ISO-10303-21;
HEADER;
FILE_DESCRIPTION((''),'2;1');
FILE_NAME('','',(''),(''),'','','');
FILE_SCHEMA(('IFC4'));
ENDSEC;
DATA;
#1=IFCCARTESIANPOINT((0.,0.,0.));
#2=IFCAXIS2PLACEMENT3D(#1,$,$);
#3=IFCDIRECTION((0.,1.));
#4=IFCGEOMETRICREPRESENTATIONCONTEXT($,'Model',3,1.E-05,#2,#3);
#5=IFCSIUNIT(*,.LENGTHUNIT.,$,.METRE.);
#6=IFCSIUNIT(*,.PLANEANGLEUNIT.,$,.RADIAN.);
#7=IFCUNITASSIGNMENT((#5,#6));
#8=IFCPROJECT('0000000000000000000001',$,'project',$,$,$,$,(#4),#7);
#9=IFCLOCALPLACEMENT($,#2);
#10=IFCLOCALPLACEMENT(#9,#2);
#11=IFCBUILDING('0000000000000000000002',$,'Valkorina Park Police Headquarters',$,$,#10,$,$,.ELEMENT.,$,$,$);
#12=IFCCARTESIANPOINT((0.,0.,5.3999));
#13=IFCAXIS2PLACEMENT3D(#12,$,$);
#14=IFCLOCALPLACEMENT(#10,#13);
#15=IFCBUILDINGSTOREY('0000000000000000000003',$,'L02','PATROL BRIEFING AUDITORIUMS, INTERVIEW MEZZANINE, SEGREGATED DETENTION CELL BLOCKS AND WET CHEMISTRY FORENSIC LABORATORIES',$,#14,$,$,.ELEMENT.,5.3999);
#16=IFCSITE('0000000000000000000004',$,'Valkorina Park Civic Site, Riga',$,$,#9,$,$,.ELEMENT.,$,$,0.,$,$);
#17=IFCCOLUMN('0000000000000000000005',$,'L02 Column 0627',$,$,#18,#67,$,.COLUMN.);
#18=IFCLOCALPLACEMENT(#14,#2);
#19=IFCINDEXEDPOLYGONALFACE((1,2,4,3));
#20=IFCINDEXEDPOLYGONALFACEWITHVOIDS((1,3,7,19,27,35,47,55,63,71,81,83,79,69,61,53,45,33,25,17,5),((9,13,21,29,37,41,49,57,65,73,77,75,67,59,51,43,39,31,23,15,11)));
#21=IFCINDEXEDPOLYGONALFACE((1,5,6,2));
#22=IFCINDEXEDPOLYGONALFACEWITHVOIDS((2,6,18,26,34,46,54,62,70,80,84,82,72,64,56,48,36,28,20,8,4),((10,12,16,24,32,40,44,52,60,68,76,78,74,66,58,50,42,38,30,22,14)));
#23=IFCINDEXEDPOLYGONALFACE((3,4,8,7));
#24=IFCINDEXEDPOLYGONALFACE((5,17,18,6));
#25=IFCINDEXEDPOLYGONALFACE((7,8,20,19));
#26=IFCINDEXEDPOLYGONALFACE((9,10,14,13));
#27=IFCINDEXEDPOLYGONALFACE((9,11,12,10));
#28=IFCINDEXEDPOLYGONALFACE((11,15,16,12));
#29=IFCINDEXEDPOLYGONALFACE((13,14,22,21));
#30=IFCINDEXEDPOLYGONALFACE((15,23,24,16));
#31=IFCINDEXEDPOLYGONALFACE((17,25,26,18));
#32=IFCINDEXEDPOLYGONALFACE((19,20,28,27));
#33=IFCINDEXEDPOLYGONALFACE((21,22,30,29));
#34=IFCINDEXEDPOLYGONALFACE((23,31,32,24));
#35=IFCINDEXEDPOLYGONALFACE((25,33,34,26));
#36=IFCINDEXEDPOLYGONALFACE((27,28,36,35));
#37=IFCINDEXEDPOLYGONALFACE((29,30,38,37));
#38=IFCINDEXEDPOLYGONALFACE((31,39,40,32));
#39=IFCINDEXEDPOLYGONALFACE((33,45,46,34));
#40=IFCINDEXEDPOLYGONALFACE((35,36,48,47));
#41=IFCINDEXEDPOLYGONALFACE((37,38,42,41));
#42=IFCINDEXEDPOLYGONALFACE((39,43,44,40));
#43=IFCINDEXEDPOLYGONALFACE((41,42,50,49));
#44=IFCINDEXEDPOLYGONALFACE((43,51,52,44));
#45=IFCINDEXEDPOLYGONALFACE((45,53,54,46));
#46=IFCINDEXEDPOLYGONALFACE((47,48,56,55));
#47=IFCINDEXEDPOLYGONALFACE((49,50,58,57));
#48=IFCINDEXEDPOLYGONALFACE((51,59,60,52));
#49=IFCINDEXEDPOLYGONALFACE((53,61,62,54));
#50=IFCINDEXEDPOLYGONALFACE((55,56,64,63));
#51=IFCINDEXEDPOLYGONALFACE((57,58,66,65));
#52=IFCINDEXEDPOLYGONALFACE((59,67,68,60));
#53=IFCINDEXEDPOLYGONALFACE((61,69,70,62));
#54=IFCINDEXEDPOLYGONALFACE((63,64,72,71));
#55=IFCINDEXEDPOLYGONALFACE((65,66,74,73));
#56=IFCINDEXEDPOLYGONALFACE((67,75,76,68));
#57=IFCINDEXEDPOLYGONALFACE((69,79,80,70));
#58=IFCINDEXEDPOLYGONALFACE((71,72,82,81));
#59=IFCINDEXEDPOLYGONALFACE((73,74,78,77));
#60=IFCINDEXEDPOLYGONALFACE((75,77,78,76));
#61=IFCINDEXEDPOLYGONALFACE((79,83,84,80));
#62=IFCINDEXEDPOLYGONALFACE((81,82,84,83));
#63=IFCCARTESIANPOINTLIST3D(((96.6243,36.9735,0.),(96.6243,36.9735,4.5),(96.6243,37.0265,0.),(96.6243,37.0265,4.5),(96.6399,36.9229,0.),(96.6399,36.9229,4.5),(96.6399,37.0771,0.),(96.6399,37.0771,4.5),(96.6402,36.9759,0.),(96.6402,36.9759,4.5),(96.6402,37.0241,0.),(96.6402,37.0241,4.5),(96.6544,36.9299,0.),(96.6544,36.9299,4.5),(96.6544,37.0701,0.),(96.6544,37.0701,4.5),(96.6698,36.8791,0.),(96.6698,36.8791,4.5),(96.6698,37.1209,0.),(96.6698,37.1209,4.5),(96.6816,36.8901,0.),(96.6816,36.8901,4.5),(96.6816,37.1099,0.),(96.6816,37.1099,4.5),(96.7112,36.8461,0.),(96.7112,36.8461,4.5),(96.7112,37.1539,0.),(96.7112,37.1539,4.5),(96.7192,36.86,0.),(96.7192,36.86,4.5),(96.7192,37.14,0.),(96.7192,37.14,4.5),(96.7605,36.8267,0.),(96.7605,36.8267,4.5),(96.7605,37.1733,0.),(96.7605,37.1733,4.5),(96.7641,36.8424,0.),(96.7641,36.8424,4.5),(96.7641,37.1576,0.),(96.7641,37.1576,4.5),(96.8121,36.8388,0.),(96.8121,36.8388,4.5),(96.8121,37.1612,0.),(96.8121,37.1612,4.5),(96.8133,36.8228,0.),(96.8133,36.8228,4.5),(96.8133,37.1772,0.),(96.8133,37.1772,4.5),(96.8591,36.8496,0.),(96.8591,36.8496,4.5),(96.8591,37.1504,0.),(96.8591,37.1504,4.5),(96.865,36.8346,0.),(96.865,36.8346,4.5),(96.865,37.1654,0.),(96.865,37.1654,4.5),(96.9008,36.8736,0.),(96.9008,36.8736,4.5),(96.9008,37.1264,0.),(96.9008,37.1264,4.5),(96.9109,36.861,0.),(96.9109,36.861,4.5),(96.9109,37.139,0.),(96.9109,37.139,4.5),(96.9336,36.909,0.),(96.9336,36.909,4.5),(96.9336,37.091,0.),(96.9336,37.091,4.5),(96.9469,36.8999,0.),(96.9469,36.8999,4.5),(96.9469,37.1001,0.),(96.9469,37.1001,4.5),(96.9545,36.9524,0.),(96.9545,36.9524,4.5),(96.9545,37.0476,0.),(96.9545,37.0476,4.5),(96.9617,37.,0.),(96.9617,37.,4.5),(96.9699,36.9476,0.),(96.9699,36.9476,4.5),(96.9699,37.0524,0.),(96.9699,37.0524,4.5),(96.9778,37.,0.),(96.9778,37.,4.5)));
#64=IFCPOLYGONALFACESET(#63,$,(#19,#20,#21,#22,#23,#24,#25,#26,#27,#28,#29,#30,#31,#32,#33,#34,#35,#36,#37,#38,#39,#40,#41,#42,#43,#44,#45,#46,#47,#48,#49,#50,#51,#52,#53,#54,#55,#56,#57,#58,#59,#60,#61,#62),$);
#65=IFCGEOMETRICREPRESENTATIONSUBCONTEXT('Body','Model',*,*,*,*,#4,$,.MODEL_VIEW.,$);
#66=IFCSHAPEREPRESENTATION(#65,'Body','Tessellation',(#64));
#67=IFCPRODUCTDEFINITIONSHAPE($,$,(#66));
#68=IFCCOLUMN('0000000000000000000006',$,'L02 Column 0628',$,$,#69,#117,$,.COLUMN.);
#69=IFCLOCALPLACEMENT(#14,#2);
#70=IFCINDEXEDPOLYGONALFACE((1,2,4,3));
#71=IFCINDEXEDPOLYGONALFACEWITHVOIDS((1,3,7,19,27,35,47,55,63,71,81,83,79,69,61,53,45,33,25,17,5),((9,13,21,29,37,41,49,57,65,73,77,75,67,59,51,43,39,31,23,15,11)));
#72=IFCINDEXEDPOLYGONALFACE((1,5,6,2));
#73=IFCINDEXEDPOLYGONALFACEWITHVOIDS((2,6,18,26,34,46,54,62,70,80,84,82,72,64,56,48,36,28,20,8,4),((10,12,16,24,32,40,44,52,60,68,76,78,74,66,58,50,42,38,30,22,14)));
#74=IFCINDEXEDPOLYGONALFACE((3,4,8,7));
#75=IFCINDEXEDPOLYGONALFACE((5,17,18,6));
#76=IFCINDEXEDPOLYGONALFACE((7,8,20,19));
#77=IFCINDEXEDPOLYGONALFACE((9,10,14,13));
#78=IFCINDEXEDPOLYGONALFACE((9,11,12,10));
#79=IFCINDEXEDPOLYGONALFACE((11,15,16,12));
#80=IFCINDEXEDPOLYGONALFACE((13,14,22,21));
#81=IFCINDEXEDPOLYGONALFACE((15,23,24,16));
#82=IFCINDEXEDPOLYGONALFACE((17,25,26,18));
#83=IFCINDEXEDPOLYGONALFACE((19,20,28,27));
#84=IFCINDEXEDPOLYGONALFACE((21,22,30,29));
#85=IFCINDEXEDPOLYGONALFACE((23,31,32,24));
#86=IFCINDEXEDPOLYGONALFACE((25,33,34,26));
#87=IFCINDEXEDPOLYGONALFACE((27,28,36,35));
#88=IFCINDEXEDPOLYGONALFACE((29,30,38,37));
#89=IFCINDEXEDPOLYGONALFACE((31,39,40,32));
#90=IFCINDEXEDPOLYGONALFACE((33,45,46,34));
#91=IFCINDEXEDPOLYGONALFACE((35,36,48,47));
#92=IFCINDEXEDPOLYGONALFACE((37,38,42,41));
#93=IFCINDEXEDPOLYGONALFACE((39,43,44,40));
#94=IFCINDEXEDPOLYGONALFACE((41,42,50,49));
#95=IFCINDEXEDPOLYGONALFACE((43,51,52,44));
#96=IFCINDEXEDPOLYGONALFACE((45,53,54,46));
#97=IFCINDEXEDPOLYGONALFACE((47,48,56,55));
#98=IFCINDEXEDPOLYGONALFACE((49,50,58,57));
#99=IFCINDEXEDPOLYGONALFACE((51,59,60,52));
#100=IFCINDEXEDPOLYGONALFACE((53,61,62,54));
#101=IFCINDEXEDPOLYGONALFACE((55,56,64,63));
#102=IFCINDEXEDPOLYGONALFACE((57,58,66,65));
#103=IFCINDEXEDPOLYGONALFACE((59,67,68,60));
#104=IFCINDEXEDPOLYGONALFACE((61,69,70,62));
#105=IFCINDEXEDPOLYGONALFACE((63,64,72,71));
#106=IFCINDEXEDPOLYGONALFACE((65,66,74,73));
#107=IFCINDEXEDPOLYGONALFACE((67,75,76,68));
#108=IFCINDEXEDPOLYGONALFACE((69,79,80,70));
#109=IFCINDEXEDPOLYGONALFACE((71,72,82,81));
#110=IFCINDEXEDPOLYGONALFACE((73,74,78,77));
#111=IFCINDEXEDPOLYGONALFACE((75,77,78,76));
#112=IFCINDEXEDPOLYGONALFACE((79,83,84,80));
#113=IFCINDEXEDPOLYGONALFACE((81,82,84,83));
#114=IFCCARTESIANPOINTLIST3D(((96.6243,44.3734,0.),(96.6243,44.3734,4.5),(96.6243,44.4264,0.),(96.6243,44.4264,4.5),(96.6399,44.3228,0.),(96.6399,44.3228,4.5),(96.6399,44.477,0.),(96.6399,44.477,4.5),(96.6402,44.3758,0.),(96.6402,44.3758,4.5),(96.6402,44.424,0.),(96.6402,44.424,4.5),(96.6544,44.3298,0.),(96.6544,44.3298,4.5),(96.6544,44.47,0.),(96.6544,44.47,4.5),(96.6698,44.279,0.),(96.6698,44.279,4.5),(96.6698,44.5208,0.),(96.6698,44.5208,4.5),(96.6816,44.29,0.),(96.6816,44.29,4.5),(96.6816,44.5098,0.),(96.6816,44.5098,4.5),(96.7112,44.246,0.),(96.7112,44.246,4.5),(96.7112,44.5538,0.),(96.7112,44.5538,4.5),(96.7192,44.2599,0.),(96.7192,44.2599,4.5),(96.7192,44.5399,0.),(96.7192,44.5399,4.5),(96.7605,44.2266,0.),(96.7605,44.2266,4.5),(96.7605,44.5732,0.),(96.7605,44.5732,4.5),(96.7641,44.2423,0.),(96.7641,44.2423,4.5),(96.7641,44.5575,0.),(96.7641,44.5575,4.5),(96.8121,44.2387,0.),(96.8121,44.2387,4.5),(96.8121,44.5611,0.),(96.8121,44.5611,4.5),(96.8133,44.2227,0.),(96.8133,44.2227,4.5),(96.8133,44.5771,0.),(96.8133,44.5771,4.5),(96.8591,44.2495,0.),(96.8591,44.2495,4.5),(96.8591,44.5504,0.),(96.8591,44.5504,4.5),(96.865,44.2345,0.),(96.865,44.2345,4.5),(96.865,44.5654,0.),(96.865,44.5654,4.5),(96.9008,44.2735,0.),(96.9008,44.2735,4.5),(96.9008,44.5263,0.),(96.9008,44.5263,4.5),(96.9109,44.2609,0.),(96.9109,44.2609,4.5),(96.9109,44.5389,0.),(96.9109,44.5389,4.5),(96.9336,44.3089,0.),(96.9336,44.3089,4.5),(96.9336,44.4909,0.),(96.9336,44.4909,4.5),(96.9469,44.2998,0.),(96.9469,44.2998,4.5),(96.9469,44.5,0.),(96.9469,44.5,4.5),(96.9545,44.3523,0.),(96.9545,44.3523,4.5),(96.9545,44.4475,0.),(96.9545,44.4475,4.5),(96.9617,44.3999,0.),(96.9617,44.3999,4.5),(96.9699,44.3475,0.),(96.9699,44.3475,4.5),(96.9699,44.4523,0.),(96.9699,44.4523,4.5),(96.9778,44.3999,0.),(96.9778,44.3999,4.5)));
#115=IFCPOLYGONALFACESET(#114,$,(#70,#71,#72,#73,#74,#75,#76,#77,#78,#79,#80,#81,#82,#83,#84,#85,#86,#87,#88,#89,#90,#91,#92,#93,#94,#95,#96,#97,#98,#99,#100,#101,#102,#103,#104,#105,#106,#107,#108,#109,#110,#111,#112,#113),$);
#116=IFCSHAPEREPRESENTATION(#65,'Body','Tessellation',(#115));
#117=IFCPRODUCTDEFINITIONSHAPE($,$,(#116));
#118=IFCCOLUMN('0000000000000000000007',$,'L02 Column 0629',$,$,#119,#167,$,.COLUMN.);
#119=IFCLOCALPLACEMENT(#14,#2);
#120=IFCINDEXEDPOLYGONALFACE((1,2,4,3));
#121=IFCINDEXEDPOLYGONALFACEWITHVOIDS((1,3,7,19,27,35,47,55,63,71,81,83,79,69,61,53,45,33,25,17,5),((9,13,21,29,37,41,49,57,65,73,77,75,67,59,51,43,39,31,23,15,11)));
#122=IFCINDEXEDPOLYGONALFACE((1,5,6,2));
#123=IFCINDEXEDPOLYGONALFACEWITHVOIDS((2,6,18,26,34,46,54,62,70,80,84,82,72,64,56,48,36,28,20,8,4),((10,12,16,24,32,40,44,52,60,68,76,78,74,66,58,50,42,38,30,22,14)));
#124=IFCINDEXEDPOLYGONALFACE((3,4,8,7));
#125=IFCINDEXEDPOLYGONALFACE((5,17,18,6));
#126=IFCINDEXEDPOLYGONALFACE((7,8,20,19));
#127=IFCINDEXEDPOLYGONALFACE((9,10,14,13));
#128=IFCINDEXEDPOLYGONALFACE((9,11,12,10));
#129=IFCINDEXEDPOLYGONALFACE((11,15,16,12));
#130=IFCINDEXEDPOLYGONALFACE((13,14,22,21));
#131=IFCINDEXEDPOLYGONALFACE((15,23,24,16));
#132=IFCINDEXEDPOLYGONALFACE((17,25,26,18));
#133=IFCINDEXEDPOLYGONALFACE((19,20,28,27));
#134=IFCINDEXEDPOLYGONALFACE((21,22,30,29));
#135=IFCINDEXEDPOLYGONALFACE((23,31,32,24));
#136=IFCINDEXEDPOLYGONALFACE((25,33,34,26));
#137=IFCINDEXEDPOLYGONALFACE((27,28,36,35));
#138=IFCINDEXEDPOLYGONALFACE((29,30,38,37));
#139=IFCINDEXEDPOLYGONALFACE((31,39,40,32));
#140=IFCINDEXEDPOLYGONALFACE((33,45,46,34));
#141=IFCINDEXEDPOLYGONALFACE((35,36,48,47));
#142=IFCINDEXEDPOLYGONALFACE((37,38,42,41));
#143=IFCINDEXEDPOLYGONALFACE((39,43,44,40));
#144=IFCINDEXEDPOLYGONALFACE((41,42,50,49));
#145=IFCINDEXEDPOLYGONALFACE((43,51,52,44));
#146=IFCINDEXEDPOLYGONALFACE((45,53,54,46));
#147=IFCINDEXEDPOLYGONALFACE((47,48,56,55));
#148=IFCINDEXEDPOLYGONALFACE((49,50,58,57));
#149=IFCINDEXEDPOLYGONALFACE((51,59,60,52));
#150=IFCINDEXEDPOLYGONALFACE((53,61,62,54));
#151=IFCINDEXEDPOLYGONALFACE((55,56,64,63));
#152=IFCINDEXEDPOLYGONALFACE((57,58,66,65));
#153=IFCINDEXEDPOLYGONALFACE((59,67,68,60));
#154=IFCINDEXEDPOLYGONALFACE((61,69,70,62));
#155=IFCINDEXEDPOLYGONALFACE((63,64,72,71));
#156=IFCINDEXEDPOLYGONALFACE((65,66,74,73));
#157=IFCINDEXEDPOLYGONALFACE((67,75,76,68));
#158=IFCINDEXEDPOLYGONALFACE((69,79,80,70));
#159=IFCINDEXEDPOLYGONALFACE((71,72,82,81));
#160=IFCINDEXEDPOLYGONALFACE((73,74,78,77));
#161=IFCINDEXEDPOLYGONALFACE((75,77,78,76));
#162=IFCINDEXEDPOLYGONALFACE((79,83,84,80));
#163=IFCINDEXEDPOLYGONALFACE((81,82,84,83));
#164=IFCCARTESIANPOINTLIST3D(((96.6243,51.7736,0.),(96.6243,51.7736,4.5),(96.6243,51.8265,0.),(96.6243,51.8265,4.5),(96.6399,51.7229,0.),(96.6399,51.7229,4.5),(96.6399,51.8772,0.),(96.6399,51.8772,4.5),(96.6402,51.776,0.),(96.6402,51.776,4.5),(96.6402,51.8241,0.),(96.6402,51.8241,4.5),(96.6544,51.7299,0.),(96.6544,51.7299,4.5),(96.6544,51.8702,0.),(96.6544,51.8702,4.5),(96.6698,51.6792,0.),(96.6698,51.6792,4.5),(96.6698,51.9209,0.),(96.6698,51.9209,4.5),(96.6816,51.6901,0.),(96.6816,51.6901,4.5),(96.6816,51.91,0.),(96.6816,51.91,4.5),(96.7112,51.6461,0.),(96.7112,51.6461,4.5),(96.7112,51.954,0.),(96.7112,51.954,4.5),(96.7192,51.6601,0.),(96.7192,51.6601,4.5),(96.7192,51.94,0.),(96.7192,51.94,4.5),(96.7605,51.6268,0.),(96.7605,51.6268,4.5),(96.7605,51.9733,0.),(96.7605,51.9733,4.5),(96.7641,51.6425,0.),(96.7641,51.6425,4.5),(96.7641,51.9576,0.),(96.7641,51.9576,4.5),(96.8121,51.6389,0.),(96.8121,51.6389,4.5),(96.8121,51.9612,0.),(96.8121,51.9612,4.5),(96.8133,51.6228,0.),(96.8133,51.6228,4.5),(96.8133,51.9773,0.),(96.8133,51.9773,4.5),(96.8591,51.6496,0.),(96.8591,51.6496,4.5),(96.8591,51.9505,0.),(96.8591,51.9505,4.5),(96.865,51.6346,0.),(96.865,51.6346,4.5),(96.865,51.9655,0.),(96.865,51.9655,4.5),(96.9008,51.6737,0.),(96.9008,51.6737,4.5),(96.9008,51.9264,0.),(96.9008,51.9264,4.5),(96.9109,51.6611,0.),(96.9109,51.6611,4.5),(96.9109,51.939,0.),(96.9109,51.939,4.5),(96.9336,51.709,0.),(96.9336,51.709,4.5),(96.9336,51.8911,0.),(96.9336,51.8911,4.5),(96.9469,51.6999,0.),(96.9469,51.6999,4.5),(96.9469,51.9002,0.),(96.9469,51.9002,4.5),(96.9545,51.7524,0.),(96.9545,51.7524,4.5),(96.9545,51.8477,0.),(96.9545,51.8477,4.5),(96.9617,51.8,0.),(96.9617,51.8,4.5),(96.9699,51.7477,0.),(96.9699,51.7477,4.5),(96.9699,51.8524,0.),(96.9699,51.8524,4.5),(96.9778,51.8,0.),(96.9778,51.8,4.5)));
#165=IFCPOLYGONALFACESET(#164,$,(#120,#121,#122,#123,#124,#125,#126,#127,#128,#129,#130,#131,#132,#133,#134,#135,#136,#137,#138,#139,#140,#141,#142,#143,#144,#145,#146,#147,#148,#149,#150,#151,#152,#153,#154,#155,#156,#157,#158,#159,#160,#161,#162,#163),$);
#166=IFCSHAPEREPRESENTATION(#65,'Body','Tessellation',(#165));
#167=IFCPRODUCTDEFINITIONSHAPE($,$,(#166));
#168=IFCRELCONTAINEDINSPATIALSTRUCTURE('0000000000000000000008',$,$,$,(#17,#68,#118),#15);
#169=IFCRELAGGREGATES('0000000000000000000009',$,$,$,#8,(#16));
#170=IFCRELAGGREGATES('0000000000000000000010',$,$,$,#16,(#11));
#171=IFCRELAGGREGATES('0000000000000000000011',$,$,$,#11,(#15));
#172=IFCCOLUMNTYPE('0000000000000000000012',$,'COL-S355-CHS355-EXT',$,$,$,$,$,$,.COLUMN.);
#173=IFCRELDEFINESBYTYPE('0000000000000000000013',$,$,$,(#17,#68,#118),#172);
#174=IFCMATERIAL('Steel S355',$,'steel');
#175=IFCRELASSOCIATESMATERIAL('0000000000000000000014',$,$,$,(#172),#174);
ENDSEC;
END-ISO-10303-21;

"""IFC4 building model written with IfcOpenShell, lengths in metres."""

from ifc_helpers import new_model, si_unit, direction, frame, origin, origin_2d, place, context, subcontext, project, spatial, hollow_circle, extrude, material, material_profile, profile_set, type_object, element, save


model = new_model("IFC4")

# Units and contexts
model_context = context("Model", 3, precision=1e-05, world=origin(), true_north=direction((0.0, 1.0)))
body_context = subcontext(model_context, "Body", "Model", "MODEL_VIEW")
ifc_project = project(units=[si_unit("LENGTHUNIT", "METRE"), si_unit("PLANEANGLEUNIT", "RADIAN")], contexts=[model_context])

# Site, building, storey
site_placement = place(None, origin())
site = spatial("IfcSite", under=ifc_project, at=site_placement, Name="Valkorina Park Civic Site, Riga", CompositionType="ELEMENT", RefElevation=0.0)
building_placement = place(site_placement, origin())
building = spatial("IfcBuilding", under=site, at=building_placement, Name="Valkorina Park Police Headquarters", CompositionType="ELEMENT")
storey_placement = place(building_placement, frame((0.0, 0.0, 5.3999)))
storey = spatial("IfcBuildingStorey", under=building, at=storey_placement, Name="L02", Description="PATROL BRIEFING AUDITORIUMS, INTERVIEW MEZZANINE, SEGREGATED DETENTION CELL BLOCKS AND WET CHEMISTRY FORENSIC LABORATORIES", CompositionType="ELEMENT", Elevation=5.3999)

# Columns
ifc_material_1 = material(Name="Steel S355", Category="steel")
ifc_material_profile = material_profile(ifc_material_1, hollow_circle(Radius=0.1777, WallThickness=0.0161, at=origin_2d()), Name="CHS 355.6x16")
ifc_profile_set = profile_set([ifc_material_profile], Name="Steel S355")
column_type = type_object("IfcColumnType", Name="COL-S355-CHS355-EXT", PredefinedType="COLUMN", material=ifc_profile_set)
for number, where, z_axis, x_axis, name in (
    (1, (96.8, 37.0, 0.0), (0.0, 0.0, 1.0), (1.0, 0.0, 0.0), "L02 Column 0627"),
    (2, (96.8, 44.3999, 0.0), (0.0, 0.0, 1.0), (1.0, 0.0, 0.0), "L02 Column 0628"),
    (3, (96.8, 51.8, 0.0), (0.0, 0.0, 1.0), (1.0, 0.0, 0.0), "L02 Column 0629"),
):
    element("IfcColumn", number, at=place(storey_placement, frame(where, z_axis=z_axis, x_axis=x_axis)), inside=storey, type_object=column_type, Name=name, PredefinedType="COLUMN", context=body_context, shape_type="SweptSolid", body=[
        extrude(hollow_circle(Radius=0.1777, WallThickness=0.0161, at=origin_2d()), origin(), (0.0, 0.0, 1.0), 4.5),
    ])

save(model, "model.ifc")
